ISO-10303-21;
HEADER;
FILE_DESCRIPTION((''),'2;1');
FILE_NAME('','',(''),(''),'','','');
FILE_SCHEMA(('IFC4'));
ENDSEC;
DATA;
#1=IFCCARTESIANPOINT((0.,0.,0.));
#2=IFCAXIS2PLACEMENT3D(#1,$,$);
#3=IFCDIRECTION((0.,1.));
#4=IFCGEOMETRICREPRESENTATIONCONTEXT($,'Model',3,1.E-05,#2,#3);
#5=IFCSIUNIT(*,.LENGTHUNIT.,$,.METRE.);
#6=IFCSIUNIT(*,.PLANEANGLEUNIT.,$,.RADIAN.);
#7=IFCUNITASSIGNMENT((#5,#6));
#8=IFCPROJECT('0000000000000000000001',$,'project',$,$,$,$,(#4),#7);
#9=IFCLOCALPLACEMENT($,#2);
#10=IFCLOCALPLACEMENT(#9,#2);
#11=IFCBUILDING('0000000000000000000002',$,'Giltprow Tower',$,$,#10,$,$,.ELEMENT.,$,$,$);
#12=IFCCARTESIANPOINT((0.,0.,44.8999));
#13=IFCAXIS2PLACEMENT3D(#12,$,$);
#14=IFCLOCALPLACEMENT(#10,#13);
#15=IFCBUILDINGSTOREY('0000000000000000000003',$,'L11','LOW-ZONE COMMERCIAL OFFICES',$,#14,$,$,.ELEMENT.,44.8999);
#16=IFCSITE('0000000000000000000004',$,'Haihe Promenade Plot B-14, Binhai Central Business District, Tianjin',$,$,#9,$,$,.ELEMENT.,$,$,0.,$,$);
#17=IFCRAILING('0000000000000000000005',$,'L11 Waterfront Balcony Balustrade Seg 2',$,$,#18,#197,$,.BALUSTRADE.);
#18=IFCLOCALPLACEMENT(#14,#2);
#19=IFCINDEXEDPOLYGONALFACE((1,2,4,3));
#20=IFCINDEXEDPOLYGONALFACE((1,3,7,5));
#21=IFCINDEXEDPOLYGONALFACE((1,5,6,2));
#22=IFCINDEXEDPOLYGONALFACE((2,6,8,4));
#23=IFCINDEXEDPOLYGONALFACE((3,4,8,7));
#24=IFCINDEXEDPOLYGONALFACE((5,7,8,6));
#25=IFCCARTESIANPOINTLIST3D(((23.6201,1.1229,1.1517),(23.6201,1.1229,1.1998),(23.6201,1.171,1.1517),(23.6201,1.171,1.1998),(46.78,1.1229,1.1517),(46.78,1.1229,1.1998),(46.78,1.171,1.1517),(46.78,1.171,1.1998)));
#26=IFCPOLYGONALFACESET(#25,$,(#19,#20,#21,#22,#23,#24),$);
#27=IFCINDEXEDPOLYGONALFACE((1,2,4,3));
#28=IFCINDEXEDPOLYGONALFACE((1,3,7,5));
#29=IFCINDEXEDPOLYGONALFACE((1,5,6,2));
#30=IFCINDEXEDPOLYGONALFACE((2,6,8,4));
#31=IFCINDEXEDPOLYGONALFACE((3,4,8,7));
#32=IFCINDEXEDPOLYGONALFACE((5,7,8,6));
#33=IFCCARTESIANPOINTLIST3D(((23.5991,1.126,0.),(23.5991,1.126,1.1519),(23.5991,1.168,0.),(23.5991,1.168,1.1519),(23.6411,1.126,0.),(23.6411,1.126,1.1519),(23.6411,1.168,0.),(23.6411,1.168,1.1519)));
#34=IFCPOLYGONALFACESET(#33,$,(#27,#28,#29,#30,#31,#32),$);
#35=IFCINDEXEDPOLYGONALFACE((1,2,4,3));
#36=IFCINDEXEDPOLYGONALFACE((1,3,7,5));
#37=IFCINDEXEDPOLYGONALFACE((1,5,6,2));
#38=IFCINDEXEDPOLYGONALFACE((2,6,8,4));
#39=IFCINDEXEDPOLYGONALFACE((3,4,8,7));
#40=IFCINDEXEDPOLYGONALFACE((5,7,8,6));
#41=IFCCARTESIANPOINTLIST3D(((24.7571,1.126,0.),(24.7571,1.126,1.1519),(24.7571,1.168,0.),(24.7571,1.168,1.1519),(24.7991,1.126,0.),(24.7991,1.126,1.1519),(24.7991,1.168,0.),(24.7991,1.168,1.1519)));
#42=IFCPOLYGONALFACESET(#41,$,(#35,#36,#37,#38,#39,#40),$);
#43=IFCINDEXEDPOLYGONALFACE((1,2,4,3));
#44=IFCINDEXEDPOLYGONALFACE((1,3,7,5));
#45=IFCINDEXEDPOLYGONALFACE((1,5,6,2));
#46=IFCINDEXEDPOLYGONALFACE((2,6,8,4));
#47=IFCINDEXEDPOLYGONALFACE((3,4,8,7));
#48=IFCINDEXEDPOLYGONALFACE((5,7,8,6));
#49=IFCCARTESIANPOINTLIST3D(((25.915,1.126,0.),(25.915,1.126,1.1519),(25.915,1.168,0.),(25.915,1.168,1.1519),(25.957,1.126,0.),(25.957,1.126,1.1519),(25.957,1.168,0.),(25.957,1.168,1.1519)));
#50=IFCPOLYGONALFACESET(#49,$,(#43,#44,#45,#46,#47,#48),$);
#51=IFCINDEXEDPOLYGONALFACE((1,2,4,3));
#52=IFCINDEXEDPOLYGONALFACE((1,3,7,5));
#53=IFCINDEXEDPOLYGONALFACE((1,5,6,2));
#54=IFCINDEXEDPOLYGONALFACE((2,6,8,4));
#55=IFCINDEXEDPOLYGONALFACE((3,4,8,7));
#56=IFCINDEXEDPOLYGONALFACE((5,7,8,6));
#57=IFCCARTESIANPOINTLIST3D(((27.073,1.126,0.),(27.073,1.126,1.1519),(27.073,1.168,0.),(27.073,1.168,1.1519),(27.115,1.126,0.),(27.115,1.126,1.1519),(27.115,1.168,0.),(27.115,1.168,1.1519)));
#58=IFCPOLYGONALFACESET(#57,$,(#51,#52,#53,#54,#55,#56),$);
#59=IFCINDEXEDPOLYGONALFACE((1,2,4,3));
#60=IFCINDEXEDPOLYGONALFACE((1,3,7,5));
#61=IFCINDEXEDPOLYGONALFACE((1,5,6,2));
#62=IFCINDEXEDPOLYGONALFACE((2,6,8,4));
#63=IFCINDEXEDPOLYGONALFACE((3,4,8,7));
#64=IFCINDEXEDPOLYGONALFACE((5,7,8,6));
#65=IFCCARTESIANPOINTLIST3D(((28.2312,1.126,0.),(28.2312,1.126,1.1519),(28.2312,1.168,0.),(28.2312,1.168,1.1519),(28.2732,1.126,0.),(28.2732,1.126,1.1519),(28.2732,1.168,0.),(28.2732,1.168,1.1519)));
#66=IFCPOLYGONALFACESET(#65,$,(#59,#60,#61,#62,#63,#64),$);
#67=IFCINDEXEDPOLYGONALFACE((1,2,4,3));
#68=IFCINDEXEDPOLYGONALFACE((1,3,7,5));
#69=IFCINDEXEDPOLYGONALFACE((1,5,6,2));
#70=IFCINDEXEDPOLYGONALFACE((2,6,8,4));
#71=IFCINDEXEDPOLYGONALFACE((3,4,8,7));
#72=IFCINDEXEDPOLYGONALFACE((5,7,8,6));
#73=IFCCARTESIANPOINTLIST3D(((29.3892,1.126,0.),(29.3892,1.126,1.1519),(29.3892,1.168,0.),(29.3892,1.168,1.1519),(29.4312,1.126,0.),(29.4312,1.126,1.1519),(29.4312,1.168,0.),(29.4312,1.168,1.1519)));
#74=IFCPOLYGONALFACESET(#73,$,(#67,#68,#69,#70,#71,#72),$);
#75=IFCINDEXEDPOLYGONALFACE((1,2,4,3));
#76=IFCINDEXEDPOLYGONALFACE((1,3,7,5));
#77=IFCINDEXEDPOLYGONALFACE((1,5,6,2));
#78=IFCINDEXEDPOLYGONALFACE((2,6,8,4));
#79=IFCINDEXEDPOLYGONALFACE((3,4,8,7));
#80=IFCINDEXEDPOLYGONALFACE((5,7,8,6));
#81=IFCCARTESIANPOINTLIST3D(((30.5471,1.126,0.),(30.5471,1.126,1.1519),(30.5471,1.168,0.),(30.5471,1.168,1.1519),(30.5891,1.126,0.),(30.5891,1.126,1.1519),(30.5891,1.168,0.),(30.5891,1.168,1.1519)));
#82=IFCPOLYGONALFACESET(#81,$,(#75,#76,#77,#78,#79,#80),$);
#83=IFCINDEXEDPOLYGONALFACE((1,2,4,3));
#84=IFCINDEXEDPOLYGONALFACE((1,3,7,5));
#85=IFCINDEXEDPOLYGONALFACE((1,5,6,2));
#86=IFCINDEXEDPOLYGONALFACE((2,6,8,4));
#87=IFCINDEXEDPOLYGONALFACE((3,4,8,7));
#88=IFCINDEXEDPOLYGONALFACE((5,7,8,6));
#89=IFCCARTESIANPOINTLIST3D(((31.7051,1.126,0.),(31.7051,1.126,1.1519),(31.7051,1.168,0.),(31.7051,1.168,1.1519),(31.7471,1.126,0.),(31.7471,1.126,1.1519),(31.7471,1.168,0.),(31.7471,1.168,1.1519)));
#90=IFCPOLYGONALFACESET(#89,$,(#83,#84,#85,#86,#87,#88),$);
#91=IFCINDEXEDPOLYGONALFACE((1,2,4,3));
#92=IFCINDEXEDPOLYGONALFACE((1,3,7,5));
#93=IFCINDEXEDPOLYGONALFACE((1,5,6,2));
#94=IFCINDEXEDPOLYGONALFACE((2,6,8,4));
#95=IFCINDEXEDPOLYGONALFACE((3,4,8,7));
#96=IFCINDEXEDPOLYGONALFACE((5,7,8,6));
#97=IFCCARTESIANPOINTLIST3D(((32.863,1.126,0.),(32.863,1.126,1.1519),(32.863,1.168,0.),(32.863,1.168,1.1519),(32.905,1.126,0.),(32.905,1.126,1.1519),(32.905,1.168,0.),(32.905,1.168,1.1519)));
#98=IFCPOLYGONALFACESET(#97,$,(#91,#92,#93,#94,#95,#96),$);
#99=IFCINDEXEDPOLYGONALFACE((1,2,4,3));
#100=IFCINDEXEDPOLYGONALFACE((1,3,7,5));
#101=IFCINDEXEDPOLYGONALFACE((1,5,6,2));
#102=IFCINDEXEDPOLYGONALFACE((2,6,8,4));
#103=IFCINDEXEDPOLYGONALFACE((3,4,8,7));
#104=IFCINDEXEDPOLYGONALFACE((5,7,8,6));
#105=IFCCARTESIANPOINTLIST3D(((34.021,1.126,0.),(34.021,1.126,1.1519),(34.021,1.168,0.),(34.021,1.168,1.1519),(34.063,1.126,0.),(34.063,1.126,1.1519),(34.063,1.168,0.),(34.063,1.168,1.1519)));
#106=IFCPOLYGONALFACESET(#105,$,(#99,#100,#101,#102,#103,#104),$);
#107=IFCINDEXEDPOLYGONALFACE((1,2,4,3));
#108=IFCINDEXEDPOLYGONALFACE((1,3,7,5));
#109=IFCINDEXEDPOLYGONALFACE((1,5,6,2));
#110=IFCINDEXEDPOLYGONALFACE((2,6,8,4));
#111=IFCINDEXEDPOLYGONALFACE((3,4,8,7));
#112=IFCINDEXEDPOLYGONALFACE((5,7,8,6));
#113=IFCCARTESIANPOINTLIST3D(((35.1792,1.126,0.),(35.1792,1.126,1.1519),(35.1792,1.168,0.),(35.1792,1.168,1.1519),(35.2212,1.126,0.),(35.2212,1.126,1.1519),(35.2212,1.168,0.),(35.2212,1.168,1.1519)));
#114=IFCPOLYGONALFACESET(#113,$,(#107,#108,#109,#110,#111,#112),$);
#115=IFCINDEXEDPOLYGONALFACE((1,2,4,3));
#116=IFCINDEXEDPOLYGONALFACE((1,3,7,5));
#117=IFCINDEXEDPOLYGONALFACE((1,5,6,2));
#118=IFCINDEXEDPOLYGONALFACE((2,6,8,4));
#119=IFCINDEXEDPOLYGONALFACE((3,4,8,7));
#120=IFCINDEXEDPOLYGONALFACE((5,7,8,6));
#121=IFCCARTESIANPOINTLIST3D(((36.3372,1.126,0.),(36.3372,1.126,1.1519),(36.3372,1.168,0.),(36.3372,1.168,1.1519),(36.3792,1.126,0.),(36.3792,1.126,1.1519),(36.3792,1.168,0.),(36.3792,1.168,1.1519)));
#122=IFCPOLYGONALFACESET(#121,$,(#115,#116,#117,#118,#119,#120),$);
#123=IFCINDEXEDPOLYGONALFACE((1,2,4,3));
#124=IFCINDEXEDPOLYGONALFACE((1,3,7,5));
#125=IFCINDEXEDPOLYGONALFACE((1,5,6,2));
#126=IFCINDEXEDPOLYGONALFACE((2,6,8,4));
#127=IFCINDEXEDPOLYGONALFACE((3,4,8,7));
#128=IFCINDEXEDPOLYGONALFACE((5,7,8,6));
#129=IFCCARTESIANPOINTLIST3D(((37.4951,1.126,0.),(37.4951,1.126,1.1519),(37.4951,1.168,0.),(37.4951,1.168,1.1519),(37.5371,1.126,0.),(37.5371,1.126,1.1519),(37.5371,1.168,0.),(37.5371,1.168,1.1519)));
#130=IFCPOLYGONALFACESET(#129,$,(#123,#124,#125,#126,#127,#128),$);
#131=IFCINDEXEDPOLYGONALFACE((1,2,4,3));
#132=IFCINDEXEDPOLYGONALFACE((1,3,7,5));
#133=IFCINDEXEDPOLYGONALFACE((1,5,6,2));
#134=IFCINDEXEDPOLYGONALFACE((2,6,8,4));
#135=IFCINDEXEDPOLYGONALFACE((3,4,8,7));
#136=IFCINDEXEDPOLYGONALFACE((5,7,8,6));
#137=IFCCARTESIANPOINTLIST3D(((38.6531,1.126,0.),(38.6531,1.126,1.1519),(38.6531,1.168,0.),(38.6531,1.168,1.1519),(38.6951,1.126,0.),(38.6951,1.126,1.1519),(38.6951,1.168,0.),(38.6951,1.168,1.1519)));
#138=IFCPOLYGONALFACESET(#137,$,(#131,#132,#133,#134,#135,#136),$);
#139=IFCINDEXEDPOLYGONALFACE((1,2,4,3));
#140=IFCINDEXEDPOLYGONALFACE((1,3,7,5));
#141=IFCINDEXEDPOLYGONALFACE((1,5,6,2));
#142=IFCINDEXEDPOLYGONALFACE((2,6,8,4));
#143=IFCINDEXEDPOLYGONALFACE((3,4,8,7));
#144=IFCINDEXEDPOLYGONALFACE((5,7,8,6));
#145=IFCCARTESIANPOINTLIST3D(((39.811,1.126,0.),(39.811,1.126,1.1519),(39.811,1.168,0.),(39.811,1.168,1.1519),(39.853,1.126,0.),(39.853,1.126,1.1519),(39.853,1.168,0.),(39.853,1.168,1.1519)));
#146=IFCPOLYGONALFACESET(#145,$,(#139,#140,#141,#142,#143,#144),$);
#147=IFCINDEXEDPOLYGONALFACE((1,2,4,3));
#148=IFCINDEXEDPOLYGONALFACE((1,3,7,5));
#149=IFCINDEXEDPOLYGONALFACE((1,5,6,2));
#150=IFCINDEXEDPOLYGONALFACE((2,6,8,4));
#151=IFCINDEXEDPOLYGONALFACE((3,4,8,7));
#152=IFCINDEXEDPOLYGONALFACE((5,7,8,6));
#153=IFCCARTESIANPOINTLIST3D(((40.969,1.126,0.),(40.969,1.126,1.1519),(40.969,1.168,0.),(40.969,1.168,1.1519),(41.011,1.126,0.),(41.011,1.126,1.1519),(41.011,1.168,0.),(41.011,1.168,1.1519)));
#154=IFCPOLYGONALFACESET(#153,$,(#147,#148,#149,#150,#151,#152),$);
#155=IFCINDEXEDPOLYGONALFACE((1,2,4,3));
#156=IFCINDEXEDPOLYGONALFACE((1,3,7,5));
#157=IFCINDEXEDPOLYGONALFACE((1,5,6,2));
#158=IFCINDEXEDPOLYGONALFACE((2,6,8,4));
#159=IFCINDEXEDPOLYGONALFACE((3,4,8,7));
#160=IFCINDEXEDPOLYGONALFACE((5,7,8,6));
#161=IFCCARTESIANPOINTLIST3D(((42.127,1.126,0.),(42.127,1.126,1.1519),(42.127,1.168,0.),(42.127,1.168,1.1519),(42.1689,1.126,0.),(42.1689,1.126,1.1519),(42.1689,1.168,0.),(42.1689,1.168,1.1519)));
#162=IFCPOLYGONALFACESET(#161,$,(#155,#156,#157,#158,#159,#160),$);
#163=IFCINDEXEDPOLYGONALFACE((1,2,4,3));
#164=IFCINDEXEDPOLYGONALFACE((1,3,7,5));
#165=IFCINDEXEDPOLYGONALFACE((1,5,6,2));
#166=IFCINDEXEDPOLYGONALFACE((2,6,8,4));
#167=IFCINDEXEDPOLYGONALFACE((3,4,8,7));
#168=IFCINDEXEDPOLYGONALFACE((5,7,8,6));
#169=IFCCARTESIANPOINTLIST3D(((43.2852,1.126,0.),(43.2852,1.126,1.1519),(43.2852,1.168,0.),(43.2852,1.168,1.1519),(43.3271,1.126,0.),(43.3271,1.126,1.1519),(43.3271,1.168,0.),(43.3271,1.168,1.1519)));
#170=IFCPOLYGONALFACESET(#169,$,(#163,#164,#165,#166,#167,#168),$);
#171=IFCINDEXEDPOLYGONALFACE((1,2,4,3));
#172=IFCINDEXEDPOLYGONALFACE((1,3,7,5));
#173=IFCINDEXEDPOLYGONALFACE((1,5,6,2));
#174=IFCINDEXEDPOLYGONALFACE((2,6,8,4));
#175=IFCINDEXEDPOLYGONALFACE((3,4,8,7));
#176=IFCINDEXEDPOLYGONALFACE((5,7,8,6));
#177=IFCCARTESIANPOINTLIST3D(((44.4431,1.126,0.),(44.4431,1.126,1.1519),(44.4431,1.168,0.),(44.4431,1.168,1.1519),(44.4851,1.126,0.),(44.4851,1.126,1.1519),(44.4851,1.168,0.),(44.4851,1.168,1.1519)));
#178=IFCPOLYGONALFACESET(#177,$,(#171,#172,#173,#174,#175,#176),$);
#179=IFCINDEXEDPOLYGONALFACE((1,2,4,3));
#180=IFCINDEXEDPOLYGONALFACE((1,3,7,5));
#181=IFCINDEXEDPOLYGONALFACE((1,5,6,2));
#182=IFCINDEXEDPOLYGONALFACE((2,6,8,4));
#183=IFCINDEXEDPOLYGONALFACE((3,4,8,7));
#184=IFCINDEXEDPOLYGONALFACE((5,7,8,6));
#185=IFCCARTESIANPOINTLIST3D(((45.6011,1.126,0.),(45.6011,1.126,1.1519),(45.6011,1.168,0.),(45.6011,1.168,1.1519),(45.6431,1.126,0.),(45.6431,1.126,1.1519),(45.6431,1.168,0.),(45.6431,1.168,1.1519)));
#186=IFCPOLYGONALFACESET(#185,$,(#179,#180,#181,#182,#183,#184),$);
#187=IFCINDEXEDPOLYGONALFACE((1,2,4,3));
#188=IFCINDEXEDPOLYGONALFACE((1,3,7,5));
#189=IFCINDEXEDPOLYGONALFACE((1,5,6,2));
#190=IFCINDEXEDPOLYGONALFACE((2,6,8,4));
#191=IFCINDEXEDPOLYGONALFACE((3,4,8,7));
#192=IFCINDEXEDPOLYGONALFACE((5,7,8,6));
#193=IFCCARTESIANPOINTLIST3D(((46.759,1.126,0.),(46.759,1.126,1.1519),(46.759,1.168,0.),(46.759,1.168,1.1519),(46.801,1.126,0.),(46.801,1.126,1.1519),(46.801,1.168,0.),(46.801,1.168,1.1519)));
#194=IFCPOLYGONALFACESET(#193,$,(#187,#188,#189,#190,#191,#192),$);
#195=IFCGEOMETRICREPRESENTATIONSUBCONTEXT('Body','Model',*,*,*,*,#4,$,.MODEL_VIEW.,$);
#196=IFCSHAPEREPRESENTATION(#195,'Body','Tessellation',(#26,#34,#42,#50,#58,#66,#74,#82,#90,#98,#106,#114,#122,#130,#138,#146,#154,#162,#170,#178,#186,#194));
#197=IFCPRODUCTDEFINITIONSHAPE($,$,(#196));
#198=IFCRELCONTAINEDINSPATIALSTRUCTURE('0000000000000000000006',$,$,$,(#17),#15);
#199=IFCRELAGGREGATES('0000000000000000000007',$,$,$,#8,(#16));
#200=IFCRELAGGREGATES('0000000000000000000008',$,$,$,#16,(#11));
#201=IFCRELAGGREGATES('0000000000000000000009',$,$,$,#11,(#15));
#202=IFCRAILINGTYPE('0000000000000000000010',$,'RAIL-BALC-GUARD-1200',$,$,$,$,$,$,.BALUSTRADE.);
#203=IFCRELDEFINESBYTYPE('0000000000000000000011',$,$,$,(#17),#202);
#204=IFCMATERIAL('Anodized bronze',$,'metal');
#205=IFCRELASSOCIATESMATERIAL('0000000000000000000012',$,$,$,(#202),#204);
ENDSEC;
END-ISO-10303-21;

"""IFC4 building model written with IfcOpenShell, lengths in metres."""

from ifc_helpers import new_model, si_unit, direction, frame, origin, origin_2d, place, context, subcontext, project, spatial, rectangle, extrude, material, type_object, element, save


model = new_model("IFC4")

# Units and contexts
model_context = context("Model", 3, precision=1e-05, world=origin(), true_north=direction((0.0, 1.0)))
body_context = subcontext(model_context, "Body", "Model", "MODEL_VIEW")
ifc_project = project(units=[si_unit("LENGTHUNIT", "METRE"), si_unit("PLANEANGLEUNIT", "RADIAN")], contexts=[model_context])

# Site, building, storey
site_placement = place(None, origin())
site = spatial("IfcSite", under=ifc_project, at=site_placement, Name="Haihe Promenade Plot B-14, Binhai Central Business District, Tianjin", CompositionType="ELEMENT", RefElevation=0.0)
building_placement = place(site_placement, origin())
building = spatial("IfcBuilding", under=site, at=building_placement, Name="Giltprow Tower", CompositionType="ELEMENT")
storey_placement = place(building_placement, frame((0.0, 0.0, 44.8999)))
storey = spatial("IfcBuildingStorey", under=building, at=storey_placement, Name="L11", Description="LOW-ZONE COMMERCIAL OFFICES", CompositionType="ELEMENT", Elevation=44.8999)

# Railing
ifc_material_1 = material(Name="Anodized bronze", Category="metal")
railing_type = type_object("IfcRailingType", Name="RAIL-BALC-GUARD-1200", PredefinedType="BALUSTRADE", material=ifc_material_1)
railing_1_placement = place(storey_placement, frame((23.6201, 1.147, 0.0)))
element("IfcRailing", 1, at=railing_1_placement, inside=storey, type_object=railing_type, Name="L11 Waterfront Balcony Balustrade Seg 2", PredefinedType="BALUSTRADE", context=body_context, shape_type="SweptSolid", body=[
    extrude(rectangle(XDim=0.0481, YDim=0.0481, at=origin_2d()), frame((0.0, 0.0, 1.1758), z_axis=(1.0, 0.0, 0.0), x_axis=(0.0, 1.0, 0.0)), (0.0, 0.0, 1.0), 23.1599),
    extrude(rectangle(XDim=0.042, YDim=0.042, at=origin_2d()), origin(), (0.0, 0.0, 1.0), 1.1519),
    extrude(rectangle(XDim=0.042, YDim=0.042, at=origin_2d()), frame((1.158, 0.0, 0.0)), (0.0, 0.0, 1.0), 1.1519),
    extrude(rectangle(XDim=0.042, YDim=0.042, at=origin_2d()), frame((2.3159, 0.0, 0.0)), (0.0, 0.0, 1.0), 1.1519),
    extrude(rectangle(XDim=0.042, YDim=0.042, at=origin_2d()), frame((3.4739, 0.0, 0.0)), (0.0, 0.0, 1.0), 1.1519),
    extrude(rectangle(XDim=0.042, YDim=0.042, at=origin_2d()), frame((4.6321, 0.0, 0.0)), (0.0, 0.0, 1.0), 1.1519),
    extrude(rectangle(XDim=0.042, YDim=0.042, at=origin_2d()), frame((5.79, 0.0, 0.0)), (0.0, 0.0, 1.0), 1.1519),
    extrude(rectangle(XDim=0.042, YDim=0.042, at=origin_2d()), frame((6.948, 0.0, 0.0)), (0.0, 0.0, 1.0), 1.1519),
    extrude(rectangle(XDim=0.042, YDim=0.042, at=origin_2d()), frame((8.106, 0.0, 0.0)), (0.0, 0.0, 1.0), 1.1519),
    extrude(rectangle(XDim=0.042, YDim=0.042, at=origin_2d()), frame((9.2639, 0.0, 0.0)), (0.0, 0.0, 1.0), 1.1519),
    extrude(rectangle(XDim=0.042, YDim=0.042, at=origin_2d()), frame((10.4219, 0.0, 0.0)), (0.0, 0.0, 1.0), 1.1519),
    extrude(rectangle(XDim=0.042, YDim=0.042, at=origin_2d()), frame((11.5801, 0.0, 0.0)), (0.0, 0.0, 1.0), 1.1519),
    extrude(rectangle(XDim=0.042, YDim=0.042, at=origin_2d()), frame((12.738, 0.0, 0.0)), (0.0, 0.0, 1.0), 1.1519),
    extrude(rectangle(XDim=0.042, YDim=0.042, at=origin_2d()), frame((13.896, 0.0, 0.0)), (0.0, 0.0, 1.0), 1.1519),
    extrude(rectangle(XDim=0.042, YDim=0.042, at=origin_2d()), frame((15.054, 0.0, 0.0)), (0.0, 0.0, 1.0), 1.1519),
    extrude(rectangle(XDim=0.042, YDim=0.042, at=origin_2d()), frame((16.2119, 0.0, 0.0)), (0.0, 0.0, 1.0), 1.1519),
    extrude(rectangle(XDim=0.042, YDim=0.042, at=origin_2d()), frame((17.3699, 0.0, 0.0)), (0.0, 0.0, 1.0), 1.1519),
    extrude(rectangle(XDim=0.042, YDim=0.042, at=origin_2d()), frame((18.5278, 0.0, 0.0)), (0.0, 0.0, 1.0), 1.1519),
    extrude(rectangle(XDim=0.042, YDim=0.042, at=origin_2d()), frame((19.686, 0.0, 0.0)), (0.0, 0.0, 1.0), 1.1519),
    extrude(rectangle(XDim=0.042, YDim=0.042, at=origin_2d()), frame((20.844, 0.0, 0.0)), (0.0, 0.0, 1.0), 1.1519),
    extrude(rectangle(XDim=0.042, YDim=0.042, at=origin_2d()), frame((22.002, 0.0, 0.0)), (0.0, 0.0, 1.0), 1.1519),
    extrude(rectangle(XDim=0.042, YDim=0.042, at=origin_2d()), frame((23.1599, 0.0, 0.0)), (0.0, 0.0, 1.0), 1.1519),
])

save(model, "model.ifc")
